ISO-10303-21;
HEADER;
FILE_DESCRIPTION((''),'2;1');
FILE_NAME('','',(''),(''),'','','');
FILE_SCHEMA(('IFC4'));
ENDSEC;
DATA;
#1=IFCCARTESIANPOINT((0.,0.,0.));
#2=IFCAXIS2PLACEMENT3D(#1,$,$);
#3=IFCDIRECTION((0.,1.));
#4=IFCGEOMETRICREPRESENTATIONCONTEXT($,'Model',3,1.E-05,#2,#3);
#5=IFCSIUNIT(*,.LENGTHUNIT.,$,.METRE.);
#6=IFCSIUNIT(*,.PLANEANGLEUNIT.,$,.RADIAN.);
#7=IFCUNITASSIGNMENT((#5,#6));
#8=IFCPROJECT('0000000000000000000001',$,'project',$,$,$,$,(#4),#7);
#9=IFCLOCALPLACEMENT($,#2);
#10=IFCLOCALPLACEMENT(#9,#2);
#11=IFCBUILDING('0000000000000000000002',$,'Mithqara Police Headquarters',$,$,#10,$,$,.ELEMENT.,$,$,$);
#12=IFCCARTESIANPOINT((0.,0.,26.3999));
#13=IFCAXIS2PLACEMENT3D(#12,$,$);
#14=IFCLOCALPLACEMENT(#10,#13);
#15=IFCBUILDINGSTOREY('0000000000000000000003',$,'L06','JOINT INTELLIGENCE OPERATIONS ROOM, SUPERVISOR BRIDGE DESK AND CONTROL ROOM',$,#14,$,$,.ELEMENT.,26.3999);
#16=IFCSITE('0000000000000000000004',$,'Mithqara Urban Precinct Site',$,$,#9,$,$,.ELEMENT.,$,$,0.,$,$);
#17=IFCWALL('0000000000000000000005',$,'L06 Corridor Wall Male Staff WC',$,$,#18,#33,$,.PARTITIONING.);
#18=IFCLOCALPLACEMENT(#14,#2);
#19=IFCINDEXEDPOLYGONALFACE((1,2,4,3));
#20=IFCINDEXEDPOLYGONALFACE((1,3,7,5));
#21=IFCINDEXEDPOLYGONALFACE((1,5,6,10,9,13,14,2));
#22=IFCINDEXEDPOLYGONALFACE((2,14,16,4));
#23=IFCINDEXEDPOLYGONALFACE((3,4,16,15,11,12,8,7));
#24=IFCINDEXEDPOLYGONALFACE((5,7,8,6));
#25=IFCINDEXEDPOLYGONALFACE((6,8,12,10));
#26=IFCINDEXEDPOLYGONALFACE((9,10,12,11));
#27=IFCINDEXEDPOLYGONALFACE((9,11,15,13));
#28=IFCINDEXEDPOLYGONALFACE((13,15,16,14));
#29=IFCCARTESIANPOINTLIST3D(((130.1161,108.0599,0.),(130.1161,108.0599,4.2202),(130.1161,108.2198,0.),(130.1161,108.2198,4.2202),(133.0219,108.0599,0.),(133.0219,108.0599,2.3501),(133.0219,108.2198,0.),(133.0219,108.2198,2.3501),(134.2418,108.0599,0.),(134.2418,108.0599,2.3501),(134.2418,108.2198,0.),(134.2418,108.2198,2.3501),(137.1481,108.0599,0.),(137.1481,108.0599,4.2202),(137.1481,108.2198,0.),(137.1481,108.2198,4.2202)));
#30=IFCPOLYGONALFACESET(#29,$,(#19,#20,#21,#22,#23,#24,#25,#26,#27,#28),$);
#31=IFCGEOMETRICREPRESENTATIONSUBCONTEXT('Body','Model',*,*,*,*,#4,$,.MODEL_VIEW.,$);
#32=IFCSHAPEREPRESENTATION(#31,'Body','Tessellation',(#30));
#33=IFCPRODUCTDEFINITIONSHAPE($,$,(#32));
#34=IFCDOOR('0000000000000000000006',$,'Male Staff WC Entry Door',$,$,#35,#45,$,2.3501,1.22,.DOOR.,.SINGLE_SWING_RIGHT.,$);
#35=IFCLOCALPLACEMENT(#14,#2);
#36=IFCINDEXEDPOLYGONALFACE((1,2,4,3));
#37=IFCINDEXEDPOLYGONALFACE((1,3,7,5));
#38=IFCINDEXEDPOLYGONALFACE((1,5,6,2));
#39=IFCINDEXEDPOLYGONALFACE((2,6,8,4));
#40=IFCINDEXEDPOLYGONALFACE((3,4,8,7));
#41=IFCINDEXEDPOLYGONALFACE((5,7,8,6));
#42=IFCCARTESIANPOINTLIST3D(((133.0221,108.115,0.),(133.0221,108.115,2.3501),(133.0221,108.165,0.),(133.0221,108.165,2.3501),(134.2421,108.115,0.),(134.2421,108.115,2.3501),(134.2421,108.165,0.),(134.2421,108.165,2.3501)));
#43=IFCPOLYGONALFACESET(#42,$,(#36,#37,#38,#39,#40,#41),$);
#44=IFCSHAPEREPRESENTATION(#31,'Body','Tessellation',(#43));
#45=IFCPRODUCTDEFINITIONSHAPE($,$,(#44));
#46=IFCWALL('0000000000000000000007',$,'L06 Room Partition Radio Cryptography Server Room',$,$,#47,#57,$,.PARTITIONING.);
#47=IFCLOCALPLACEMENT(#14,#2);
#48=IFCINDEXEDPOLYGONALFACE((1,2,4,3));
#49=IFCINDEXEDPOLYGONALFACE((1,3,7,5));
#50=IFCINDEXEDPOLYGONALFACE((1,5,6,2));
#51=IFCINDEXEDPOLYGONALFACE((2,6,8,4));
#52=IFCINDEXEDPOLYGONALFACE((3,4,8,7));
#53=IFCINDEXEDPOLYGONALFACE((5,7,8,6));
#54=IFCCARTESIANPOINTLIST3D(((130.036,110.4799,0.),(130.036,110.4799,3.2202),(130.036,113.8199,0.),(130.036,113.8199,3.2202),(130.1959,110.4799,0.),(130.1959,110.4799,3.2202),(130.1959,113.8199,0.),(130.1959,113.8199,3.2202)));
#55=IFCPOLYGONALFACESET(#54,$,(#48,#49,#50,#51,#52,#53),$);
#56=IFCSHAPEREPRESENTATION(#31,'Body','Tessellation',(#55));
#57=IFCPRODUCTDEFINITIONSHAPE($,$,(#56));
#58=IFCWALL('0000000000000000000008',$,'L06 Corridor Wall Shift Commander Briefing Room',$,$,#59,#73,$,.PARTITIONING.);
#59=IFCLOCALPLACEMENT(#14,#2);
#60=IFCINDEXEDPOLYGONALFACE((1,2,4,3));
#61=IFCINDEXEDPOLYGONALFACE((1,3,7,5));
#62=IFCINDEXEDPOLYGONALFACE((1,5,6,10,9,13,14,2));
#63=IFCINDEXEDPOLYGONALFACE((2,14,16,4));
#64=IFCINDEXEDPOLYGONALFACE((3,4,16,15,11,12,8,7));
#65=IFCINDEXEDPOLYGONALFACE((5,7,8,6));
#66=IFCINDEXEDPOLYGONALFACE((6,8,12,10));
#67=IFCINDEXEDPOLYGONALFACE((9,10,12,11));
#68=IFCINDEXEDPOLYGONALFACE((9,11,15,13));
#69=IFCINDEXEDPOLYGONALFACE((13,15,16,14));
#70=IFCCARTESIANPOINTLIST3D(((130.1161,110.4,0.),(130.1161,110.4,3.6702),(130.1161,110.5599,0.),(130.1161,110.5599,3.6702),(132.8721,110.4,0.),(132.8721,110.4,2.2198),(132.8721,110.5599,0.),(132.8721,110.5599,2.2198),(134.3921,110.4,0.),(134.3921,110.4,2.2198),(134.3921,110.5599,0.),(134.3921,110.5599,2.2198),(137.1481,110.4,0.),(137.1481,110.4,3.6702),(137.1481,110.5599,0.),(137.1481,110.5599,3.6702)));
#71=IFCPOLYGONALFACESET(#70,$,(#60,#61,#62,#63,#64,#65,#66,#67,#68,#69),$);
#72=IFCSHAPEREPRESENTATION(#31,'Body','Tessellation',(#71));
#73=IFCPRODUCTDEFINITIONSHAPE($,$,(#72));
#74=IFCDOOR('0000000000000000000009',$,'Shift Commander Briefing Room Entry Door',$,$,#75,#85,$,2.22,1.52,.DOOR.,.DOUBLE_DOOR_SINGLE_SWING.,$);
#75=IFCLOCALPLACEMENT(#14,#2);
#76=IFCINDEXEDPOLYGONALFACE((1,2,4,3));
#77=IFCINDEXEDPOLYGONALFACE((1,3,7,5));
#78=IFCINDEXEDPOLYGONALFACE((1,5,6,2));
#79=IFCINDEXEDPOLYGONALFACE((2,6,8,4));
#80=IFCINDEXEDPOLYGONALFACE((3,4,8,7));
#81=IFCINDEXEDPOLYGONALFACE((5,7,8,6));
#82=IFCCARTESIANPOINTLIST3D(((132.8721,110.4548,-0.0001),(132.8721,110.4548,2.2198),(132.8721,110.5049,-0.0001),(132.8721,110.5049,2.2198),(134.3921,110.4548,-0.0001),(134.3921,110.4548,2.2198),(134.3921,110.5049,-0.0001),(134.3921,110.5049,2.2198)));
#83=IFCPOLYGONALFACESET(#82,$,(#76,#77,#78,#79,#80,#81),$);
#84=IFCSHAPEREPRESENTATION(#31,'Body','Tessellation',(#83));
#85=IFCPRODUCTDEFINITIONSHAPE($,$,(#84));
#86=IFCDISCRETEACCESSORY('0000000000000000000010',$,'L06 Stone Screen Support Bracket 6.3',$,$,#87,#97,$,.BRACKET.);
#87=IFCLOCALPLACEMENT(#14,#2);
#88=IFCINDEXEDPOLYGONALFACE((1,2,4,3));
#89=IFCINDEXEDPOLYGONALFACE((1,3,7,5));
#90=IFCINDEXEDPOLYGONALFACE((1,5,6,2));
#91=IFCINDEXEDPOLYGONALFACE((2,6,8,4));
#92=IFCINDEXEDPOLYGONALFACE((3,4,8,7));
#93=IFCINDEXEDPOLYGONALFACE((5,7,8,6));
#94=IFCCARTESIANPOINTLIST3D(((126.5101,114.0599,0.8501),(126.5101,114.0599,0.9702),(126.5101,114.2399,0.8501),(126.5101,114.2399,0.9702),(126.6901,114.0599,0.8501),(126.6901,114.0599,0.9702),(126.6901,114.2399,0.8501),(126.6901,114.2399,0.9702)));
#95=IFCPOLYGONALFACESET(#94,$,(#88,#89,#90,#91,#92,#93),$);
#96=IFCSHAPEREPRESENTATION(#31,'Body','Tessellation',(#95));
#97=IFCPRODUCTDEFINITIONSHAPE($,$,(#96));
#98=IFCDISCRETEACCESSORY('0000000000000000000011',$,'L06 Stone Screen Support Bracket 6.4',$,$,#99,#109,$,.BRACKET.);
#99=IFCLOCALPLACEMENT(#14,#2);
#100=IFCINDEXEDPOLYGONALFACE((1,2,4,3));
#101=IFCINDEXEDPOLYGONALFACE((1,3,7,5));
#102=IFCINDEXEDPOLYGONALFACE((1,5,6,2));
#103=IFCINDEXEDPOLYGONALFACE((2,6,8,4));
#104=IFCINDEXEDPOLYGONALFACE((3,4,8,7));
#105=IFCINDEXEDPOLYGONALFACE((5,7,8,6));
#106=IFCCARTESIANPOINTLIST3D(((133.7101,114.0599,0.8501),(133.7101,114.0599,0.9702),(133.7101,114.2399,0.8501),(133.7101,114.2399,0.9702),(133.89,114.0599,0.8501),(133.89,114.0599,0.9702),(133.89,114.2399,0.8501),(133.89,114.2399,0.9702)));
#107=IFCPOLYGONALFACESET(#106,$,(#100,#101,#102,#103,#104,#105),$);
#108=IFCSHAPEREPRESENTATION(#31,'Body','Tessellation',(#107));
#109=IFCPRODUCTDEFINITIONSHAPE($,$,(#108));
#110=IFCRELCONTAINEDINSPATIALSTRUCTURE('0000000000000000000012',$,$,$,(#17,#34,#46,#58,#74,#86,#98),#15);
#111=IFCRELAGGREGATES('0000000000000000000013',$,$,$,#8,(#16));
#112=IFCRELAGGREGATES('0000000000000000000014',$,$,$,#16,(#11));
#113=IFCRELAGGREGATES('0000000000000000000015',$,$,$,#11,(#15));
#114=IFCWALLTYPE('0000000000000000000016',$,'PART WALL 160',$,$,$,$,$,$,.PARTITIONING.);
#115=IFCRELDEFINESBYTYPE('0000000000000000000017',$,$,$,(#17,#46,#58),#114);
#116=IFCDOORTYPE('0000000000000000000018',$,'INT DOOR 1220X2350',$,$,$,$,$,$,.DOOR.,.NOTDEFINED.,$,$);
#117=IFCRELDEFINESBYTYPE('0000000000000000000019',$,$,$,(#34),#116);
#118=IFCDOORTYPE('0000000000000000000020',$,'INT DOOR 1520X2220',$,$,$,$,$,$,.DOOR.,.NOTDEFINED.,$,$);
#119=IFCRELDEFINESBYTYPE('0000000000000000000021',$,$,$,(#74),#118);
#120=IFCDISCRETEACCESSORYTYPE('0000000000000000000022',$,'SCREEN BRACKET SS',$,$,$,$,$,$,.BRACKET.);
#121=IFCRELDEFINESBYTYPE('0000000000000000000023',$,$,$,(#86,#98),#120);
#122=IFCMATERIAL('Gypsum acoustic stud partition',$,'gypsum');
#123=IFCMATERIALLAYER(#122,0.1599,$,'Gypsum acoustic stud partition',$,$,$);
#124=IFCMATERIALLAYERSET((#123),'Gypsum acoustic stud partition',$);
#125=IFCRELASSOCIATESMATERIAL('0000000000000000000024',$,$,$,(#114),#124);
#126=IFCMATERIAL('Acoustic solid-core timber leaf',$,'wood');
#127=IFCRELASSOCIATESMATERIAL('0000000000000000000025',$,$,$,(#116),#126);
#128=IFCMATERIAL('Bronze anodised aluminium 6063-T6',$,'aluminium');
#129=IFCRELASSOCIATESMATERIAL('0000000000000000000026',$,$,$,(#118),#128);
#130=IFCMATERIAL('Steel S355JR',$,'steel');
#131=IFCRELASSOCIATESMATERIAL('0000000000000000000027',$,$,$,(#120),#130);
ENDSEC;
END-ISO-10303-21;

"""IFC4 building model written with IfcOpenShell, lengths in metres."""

from ifc_helpers import new_model, si_unit, direction, frame, frame_2d, origin, origin_2d, place, context, subcontext, project, spatial, rectangle, extrude, material, layer, layer_set, type_object, element, fill, save


model = new_model("IFC4")

# Units and contexts
model_context = context("Model", 3, precision=1e-05, world=origin(), true_north=direction((0.0, 1.0)))
body_context = subcontext(model_context, "Body", "Model", "MODEL_VIEW")
ifc_project = project(units=[si_unit("LENGTHUNIT", "METRE"), si_unit("PLANEANGLEUNIT", "RADIAN")], contexts=[model_context])

# Site, building, storey
site_placement = place(None, origin())
site = spatial("IfcSite", under=ifc_project, at=site_placement, Name="Mithqara Urban Precinct Site", CompositionType="ELEMENT", RefElevation=0.0)
building_placement = place(site_placement, origin())
building = spatial("IfcBuilding", under=site, at=building_placement, Name="Mithqara Police Headquarters", CompositionType="ELEMENT")
storey_placement = place(building_placement, frame((0.0, 0.0, 26.3999)))
storey = spatial("IfcBuildingStorey", under=building, at=storey_placement, Name="L06", Description="JOINT INTELLIGENCE OPERATIONS ROOM, SUPERVISOR BRIDGE DESK AND CONTROL ROOM", CompositionType="ELEMENT", Elevation=26.3999)

# Shared definitions
ifc_material_1 = material(Name="Steel S355JR", Category="steel")

# Wall, opening, door
ifc_material_2 = material(Name="Gypsum acoustic stud partition", Category="gypsum")
ifc_layer_1 = layer(ifc_material_2, 0.1599, Name="Gypsum acoustic stud partition")
ifc_layer_set_1 = layer_set([ifc_layer_1], Name="Gypsum acoustic stud partition")
wall_type = type_object("IfcWallType", Name="PART WALL 160", PredefinedType="PARTITIONING", material=ifc_layer_set_1)
wall_1_placement = place(storey_placement, frame((130.116, 108.1399, 0.0), z_axis=(0.0, 0.0, 1.0), x_axis=(1.0, 0.0, 0.0)))
wall_1 = element("IfcWall", 1, at=wall_1_placement, inside=storey, type_object=wall_type, Name="L06 Corridor Wall Male Staff WC", PredefinedType="PARTITIONING", context=body_context, shape_type="SweptSolid", body=[
    extrude(rectangle(XDim=7.032, YDim=0.1599, at=frame_2d((3.5161, 0.0))), origin(), (0.0, 0.0, 1.0), 4.2202),
])
opening_1_placement = place(wall_1_placement, frame((2.906, 0.0, 0.0)))
opening_1 = element("IfcOpeningElement", 2, at=opening_1_placement, cuts=wall_1, PredefinedType="OPENING", context=body_context, shape_type="SweptSolid", body=[
    extrude(rectangle(XDim=1.22, YDim=2.3501, at=frame_2d((0.6099, 1.175))), frame((0.0, 0.0898, 0.0), z_axis=(0.0, -1.0, 0.0), x_axis=(1.0, 0.0, 0.0)), (0.0, 0.0, 1.0), 0.1799),
])
ifc_material_3 = material(Name="Acoustic solid-core timber leaf", Category="wood")
door_type_1 = type_object("IfcDoorType", Name="INT DOOR 1220X2350", OperationType="NOTDEFINED", PredefinedType="DOOR", material=ifc_material_3)
door_1_placement = place(opening_1_placement, frame((1.22, 0.0, 0.0), z_axis=(0.0, 0.0, 1.0), x_axis=(-1.0, 0.0, 0.0)))
door_1 = element("IfcDoor", 3, at=door_1_placement, inside=storey, type_object=door_type_1, Name="Male Staff WC Entry Door", OperationType="SINGLE_SWING_RIGHT", OverallHeight=2.3501, OverallWidth=1.22, PredefinedType="DOOR", context=body_context, shape_type="SweptSolid", body=[
    extrude(rectangle(XDim=1.22, YDim=2.3501, at=frame_2d((0.6099, 1.175))), frame((0.0, 0.0249, 0.0), z_axis=(0.0, -1.0, 0.0), x_axis=(1.0, 0.0, 0.0)), (0.0, 0.0, 1.0), 0.05),
])
fill(opening_1, door_1)

# Wall
wall_2_placement = place(storey_placement, frame((130.116, 110.48, 0.0), z_axis=(0.0, 0.0, 1.0), x_axis=(0.0, 1.0, 0.0)))
element("IfcWall", 4, at=wall_2_placement, inside=storey, type_object=wall_type, Name="L06 Room Partition Radio Cryptography Server Room", PredefinedType="PARTITIONING", context=body_context, shape_type="SweptSolid", body=[
    extrude(rectangle(XDim=3.3401, YDim=0.1599, at=frame_2d((1.6699, 0.0))), origin(), (0.0, 0.0, 1.0), 3.2202),
])

# Wall, opening, door
wall_3_placement = place(storey_placement, frame((130.116, 110.48, 0.0), z_axis=(0.0, 0.0, 1.0), x_axis=(1.0, 0.0, 0.0)))
wall_3 = element("IfcWall", 5, at=wall_3_placement, inside=storey, type_object=wall_type, Name="L06 Corridor Wall Shift Commander Briefing Room", PredefinedType="PARTITIONING", context=body_context, shape_type="SweptSolid", body=[
    extrude(rectangle(XDim=7.032, YDim=0.1599, at=frame_2d((3.5161, 0.0))), origin(), (0.0, 0.0, 1.0), 3.6702),
])
opening_2_placement = place(wall_3_placement, frame((2.7561, 0.0, 0.0)))
opening_2 = element("IfcOpeningElement", 6, at=opening_2_placement, cuts=wall_3, PredefinedType="OPENING", context=body_context, shape_type="SweptSolid", body=[
    extrude(rectangle(XDim=1.52, YDim=2.22, at=frame_2d((0.76, 1.1099))), frame((0.0, 0.0898, 0.0), z_axis=(0.0, -1.0, 0.0), x_axis=(1.0, 0.0, 0.0)), (0.0, 0.0, 1.0), 0.1799),
])
ifc_material_4 = material(Name="Bronze anodised aluminium 6063-T6", Category="aluminium")
door_type_2 = type_object("IfcDoorType", Name="INT DOOR 1520X2220", OperationType="NOTDEFINED", PredefinedType="DOOR", material=ifc_material_4)
door_2_placement = place(opening_2_placement, origin())
door_2 = element("IfcDoor", 7, at=door_2_placement, inside=storey, type_object=door_type_2, Name="Shift Commander Briefing Room Entry Door", OperationType="DOUBLE_DOOR_SINGLE_SWING", OverallHeight=2.22, OverallWidth=1.52, PredefinedType="DOOR", context=body_context, shape_type="SweptSolid", body=[
    extrude(rectangle(XDim=1.52, YDim=2.22, at=frame_2d((0.76, 1.1099))), frame((0.0, 0.0249, 0.0), z_axis=(0.0, -1.0, 0.0), x_axis=(1.0, 0.0, 0.0)), (0.0, 0.0, 1.0), 0.05),
])
fill(opening_2, door_2)

# Discrete accessories
discrete_accessory_type = type_object("IfcDiscreteAccessoryType", Name="SCREEN BRACKET SS", PredefinedType="BRACKET", material=ifc_material_1)
for number, where, z_axis, x_axis, name in (
    (8, (126.6001, 114.1499, 0.8501), (0.0, 0.0, 1.0), (1.0, 0.0, 0.0), "L06 Stone Screen Support Bracket 6.3"),
    (9, (133.8, 114.1499, 0.8501), (0.0, 0.0, 1.0), (1.0, 0.0, 0.0), "L06 Stone Screen Support Bracket 6.4"),
):
    element("IfcDiscreteAccessory", number, at=place(storey_placement, frame(where, z_axis=z_axis, x_axis=x_axis)), inside=storey, type_object=discrete_accessory_type, Name=name, PredefinedType="BRACKET", context=body_context, shape_type="SweptSolid", body=[
        extrude(rectangle(XDim=0.1799, YDim=0.1799, at=origin_2d()), origin(), (0.0, 0.0, 1.0), 0.1201),
    ])

save(model, "model.ifc")
